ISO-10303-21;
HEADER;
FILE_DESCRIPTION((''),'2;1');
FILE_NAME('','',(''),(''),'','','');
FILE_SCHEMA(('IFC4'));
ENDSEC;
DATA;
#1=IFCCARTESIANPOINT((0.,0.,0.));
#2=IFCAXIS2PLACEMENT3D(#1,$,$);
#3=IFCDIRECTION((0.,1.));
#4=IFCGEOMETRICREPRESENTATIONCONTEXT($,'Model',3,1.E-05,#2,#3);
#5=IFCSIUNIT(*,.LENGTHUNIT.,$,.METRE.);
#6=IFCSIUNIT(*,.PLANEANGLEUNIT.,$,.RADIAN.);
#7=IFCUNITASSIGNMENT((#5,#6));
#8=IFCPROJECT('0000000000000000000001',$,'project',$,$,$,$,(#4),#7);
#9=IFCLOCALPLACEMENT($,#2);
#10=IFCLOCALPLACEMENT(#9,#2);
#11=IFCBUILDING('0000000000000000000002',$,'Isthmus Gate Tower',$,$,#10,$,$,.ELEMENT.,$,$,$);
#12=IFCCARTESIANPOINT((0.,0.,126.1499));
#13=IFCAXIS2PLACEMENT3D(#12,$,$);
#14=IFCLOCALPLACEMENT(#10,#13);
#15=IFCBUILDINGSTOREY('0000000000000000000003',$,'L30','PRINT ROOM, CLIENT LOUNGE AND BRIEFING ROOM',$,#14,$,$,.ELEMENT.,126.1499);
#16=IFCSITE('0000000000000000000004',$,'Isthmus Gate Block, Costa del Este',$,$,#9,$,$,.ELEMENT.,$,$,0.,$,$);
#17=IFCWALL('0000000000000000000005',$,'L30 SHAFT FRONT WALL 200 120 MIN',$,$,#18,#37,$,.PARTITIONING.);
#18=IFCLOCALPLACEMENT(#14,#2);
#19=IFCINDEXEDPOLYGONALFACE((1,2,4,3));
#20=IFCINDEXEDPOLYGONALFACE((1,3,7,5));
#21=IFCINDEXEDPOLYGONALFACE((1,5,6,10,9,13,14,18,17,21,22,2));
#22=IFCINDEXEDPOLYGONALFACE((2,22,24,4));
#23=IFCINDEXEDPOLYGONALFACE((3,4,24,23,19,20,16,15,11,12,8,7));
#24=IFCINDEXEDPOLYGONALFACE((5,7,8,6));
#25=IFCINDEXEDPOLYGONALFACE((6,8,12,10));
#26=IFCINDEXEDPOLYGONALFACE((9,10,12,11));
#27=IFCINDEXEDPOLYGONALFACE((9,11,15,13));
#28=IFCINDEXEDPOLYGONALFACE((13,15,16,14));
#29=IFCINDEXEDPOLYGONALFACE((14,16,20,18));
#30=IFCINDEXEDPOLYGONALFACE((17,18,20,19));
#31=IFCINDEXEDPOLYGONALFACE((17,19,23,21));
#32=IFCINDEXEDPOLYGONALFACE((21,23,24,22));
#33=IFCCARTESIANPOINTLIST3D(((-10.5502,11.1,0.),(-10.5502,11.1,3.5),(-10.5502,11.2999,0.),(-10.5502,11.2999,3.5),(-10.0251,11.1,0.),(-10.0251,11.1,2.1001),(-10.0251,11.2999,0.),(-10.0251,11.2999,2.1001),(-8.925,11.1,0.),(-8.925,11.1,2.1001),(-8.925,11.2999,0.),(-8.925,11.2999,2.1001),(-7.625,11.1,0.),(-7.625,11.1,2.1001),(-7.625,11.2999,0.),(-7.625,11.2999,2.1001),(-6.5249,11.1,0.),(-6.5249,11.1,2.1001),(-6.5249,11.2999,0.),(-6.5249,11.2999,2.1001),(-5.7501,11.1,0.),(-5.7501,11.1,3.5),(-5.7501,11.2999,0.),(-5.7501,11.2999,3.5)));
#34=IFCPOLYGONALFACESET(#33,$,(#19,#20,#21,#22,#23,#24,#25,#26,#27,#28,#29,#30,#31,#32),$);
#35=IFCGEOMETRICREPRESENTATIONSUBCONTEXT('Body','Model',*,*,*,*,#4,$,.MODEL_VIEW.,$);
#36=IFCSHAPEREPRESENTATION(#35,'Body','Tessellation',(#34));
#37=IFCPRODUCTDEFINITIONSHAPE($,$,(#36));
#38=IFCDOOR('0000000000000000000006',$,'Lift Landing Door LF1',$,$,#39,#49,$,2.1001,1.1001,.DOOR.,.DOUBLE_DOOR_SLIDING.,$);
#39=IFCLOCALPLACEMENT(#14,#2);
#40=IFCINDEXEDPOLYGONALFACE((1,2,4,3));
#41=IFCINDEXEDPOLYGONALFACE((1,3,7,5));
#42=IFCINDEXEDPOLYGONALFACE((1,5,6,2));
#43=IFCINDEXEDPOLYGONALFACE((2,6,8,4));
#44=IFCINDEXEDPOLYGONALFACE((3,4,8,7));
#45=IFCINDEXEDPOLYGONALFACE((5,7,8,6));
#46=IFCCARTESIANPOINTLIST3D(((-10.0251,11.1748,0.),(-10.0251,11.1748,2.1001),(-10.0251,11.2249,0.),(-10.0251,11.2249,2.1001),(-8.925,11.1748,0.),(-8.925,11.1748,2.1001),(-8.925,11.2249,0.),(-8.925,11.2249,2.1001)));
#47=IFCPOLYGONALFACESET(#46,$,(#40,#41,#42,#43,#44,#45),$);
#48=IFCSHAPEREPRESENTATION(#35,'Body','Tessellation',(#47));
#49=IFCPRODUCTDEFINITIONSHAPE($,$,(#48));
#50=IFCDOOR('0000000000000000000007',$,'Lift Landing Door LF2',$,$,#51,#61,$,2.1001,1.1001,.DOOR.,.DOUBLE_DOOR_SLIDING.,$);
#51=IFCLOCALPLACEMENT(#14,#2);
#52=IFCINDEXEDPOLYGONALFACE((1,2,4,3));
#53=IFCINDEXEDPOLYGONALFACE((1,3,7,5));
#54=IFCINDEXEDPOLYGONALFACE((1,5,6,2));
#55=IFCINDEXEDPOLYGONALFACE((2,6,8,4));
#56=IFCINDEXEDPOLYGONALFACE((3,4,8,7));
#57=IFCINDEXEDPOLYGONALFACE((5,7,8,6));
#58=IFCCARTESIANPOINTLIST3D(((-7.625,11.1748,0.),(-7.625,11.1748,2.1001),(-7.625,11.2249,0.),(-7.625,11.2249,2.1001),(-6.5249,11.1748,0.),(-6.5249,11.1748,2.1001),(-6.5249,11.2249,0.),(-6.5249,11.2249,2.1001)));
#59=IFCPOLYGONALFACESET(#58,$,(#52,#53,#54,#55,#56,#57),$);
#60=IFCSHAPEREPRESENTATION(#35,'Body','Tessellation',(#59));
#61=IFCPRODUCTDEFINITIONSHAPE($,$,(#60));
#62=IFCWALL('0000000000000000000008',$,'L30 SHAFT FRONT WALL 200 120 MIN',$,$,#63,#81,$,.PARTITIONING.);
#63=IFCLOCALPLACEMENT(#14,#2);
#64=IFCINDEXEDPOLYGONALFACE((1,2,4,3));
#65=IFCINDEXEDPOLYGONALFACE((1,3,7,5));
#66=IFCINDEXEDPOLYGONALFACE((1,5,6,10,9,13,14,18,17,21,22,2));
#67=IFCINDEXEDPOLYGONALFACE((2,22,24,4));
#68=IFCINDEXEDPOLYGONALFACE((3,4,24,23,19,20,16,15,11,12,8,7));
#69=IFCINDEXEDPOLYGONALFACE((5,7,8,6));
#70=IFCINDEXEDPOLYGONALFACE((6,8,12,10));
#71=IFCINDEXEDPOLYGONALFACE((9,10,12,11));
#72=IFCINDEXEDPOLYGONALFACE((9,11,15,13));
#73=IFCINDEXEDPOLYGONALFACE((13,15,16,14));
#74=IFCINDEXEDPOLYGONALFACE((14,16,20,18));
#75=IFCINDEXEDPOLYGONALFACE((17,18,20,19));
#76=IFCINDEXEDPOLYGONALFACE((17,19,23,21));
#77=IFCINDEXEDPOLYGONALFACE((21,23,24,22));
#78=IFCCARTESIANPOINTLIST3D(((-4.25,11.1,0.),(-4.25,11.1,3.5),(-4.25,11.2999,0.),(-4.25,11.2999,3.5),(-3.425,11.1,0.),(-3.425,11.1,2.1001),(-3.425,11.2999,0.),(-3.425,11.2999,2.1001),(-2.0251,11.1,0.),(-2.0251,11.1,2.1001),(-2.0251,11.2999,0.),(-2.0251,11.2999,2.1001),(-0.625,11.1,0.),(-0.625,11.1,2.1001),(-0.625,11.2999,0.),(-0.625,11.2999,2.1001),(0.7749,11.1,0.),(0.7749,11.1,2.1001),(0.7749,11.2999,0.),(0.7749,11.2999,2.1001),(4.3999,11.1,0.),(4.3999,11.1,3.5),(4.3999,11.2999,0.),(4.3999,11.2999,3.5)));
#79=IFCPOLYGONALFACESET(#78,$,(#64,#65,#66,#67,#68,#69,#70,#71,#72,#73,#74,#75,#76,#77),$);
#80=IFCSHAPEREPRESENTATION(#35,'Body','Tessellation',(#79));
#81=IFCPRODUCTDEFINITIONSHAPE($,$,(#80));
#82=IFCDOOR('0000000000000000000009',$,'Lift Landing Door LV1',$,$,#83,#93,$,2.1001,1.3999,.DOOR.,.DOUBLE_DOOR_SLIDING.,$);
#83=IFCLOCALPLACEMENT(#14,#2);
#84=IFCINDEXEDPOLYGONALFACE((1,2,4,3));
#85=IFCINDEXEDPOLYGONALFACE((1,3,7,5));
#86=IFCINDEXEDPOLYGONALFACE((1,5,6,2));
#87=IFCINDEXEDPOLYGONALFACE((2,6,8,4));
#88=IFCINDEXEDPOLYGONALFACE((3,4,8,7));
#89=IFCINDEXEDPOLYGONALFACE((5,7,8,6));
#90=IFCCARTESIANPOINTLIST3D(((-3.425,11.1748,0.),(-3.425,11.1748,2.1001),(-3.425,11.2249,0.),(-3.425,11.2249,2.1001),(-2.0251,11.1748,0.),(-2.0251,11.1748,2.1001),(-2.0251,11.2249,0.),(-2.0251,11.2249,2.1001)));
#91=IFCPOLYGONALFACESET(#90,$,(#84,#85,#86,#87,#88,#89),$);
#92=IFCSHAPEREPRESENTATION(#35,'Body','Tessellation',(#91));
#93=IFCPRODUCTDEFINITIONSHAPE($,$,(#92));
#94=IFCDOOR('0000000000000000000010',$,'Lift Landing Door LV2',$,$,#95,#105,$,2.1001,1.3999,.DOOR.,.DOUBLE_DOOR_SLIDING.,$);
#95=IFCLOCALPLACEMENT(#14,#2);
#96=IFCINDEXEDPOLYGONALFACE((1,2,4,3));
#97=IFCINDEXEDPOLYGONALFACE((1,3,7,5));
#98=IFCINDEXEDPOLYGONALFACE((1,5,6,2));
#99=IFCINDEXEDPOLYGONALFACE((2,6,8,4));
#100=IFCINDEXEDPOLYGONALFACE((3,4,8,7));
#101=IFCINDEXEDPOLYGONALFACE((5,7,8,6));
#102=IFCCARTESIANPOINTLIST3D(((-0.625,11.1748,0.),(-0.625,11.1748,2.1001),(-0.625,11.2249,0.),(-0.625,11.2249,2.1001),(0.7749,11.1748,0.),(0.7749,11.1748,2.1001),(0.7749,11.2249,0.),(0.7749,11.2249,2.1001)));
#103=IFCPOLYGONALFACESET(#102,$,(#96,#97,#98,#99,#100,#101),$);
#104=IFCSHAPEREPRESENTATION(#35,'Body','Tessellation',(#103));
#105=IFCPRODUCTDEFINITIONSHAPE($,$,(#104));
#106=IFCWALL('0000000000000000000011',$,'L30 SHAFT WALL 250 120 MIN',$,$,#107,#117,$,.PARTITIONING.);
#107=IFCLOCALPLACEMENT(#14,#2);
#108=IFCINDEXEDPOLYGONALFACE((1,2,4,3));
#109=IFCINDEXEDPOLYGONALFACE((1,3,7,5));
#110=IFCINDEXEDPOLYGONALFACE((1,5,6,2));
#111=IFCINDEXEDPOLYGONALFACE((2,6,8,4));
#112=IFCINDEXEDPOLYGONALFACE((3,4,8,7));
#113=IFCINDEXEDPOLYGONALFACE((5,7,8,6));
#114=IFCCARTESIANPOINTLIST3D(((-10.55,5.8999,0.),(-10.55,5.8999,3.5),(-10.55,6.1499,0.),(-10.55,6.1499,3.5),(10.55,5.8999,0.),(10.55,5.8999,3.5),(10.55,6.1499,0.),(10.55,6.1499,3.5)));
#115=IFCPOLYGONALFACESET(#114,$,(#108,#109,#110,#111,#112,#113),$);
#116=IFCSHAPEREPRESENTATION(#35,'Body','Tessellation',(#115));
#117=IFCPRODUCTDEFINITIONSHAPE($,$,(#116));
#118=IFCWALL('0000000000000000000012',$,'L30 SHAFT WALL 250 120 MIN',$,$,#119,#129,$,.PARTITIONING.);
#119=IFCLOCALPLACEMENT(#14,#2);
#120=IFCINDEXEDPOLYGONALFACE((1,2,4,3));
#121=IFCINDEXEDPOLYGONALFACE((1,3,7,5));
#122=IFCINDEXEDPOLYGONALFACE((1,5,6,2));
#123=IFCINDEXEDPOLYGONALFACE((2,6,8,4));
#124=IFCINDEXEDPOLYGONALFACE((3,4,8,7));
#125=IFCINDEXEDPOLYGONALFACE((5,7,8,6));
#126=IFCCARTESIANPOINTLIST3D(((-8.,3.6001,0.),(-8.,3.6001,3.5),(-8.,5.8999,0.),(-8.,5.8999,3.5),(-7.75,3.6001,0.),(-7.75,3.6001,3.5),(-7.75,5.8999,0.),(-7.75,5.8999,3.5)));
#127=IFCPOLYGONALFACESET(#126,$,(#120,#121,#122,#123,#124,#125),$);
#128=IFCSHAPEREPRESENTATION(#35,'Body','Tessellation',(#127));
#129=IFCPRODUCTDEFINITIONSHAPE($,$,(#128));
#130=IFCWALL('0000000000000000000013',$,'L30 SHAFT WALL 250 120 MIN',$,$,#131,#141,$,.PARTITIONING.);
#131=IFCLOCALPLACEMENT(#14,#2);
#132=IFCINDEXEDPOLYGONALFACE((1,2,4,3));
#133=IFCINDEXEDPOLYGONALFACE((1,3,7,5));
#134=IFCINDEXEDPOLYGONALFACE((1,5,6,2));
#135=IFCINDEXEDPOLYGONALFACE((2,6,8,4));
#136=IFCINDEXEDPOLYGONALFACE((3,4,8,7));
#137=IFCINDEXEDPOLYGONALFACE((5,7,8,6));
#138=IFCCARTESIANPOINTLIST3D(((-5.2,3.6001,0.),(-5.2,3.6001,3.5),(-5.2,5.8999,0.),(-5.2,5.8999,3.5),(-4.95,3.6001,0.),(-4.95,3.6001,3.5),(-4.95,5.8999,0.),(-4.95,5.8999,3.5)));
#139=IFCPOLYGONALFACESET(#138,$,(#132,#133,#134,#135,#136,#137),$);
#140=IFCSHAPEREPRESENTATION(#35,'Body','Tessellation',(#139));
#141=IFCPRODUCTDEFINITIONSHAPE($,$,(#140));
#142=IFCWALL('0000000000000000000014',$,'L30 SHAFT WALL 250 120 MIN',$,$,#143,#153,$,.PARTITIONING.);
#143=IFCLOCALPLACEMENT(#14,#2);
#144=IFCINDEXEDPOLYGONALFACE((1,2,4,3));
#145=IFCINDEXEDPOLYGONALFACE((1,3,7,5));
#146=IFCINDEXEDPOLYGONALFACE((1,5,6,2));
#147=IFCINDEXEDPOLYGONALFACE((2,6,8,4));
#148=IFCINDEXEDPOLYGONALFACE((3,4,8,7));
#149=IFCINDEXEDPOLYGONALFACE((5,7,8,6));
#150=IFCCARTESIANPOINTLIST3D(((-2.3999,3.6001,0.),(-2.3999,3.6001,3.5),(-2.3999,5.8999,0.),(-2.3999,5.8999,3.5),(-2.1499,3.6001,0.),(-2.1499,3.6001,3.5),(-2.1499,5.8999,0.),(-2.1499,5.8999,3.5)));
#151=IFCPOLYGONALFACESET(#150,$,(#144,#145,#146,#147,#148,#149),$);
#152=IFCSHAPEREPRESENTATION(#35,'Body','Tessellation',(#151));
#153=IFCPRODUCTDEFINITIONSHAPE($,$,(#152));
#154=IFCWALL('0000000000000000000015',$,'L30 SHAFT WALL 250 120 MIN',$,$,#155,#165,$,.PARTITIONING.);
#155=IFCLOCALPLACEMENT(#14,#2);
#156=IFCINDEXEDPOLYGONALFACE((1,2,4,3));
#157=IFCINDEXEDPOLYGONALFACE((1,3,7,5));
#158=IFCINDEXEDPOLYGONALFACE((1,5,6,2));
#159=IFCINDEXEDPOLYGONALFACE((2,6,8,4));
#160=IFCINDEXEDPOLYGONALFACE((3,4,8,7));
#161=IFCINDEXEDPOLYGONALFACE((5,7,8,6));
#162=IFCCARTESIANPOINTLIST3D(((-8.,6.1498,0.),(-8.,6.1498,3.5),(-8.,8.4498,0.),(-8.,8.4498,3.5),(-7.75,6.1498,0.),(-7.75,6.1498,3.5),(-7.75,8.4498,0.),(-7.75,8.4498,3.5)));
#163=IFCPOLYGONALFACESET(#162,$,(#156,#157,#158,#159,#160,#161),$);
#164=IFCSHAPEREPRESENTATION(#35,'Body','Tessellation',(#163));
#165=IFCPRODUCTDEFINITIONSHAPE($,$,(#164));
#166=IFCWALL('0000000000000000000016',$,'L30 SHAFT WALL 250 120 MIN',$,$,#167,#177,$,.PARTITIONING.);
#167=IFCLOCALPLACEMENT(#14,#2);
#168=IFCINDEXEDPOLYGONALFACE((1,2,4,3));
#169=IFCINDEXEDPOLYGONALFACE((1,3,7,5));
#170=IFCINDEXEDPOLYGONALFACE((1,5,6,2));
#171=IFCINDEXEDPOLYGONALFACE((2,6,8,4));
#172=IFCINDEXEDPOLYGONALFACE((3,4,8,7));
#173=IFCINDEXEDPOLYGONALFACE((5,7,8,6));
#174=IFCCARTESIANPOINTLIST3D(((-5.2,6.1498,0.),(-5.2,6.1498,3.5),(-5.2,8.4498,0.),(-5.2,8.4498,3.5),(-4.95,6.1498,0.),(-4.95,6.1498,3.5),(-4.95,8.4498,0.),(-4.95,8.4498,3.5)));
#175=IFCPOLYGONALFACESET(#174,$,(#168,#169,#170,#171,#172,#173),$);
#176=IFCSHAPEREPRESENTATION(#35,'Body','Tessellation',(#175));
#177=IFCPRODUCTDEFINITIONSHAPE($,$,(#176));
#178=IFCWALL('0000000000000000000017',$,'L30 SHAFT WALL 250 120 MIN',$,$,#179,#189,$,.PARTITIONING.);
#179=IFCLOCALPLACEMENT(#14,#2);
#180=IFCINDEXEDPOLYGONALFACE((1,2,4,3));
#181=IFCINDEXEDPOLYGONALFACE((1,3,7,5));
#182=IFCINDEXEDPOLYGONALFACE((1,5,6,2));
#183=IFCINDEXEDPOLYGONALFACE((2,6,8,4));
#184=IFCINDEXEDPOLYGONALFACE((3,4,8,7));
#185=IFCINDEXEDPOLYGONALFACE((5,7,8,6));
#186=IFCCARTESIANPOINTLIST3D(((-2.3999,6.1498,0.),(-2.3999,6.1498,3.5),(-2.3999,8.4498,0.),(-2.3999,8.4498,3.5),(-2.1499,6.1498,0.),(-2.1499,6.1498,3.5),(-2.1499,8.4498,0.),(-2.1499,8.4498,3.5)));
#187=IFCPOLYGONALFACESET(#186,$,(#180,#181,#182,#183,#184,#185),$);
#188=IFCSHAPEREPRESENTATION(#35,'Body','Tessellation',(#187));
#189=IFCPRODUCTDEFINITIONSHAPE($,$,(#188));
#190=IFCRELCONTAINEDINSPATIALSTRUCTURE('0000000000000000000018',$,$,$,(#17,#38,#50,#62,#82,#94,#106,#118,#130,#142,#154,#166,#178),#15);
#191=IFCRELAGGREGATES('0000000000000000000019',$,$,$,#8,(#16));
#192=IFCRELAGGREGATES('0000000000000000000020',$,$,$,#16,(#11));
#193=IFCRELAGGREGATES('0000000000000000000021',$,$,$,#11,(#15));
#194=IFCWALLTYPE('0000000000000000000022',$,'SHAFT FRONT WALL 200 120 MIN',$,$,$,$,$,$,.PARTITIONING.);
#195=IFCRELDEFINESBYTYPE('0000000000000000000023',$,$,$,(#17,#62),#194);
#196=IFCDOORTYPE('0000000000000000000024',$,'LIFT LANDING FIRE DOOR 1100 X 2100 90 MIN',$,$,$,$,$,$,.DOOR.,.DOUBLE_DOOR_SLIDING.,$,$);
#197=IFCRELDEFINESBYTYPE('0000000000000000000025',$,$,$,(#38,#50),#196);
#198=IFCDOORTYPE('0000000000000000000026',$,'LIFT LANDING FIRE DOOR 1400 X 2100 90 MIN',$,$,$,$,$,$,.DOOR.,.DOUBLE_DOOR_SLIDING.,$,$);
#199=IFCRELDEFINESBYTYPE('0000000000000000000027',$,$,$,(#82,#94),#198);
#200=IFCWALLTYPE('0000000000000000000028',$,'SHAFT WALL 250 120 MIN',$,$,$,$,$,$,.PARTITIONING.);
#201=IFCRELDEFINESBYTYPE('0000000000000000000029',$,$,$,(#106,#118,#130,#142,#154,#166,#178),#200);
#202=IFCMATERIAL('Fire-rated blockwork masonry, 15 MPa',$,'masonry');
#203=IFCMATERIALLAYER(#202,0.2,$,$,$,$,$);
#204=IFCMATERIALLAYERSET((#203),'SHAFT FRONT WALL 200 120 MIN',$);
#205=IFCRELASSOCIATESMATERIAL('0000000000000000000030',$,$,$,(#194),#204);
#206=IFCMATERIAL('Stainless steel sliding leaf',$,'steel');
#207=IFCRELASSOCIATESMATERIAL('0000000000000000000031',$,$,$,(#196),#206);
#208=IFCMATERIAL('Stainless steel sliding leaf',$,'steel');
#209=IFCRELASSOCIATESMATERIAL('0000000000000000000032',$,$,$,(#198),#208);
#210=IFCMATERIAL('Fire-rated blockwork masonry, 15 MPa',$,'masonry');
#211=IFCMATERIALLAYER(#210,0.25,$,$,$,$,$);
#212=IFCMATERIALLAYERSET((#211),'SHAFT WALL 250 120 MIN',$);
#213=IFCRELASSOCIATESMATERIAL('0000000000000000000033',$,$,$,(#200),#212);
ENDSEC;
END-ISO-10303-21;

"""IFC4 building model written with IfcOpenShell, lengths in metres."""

from ifc_helpers import new_model, si_unit, direction, frame, frame_2d, origin, place, context, subcontext, project, spatial, rectangle, extrude, material, layer, layer_set, type_object, element, fill, save


model = new_model("IFC4")

# Units and contexts
model_context = context("Model", 3, precision=1e-05, world=origin(), true_north=direction((0.0, 1.0)))
body_context = subcontext(model_context, "Body", "Model", "MODEL_VIEW")
ifc_project = project(units=[si_unit("LENGTHUNIT", "METRE"), si_unit("PLANEANGLEUNIT", "RADIAN")], contexts=[model_context])

# Site, building, storey
site_placement = place(None, origin())
site = spatial("IfcSite", under=ifc_project, at=site_placement, Name="Isthmus Gate Block, Costa del Este", CompositionType="ELEMENT", RefElevation=0.0)
building_placement = place(site_placement, origin())
building = spatial("IfcBuilding", under=site, at=building_placement, Name="Isthmus Gate Tower", CompositionType="ELEMENT")
storey_placement = place(building_placement, frame((0.0, 0.0, 126.1499)))
storey = spatial("IfcBuildingStorey", under=building, at=storey_placement, Name="L30", Description="PRINT ROOM, CLIENT LOUNGE AND BRIEFING ROOM", CompositionType="ELEMENT", Elevation=126.1499)

# Walls, openings, doors
ifc_material_1 = material(Name="Fire-rated blockwork masonry, 15 MPa", Category="masonry")
ifc_layer_1 = layer(ifc_material_1, 0.2)
ifc_layer_set_1 = layer_set([ifc_layer_1], Name="SHAFT FRONT WALL 200 120 MIN")
wall_type_1 = type_object("IfcWallType", Name="SHAFT FRONT WALL 200 120 MIN", PredefinedType="PARTITIONING", material=ifc_layer_set_1)
wall_1_placement = place(storey_placement, frame((-10.55, 11.2, 0.0), z_axis=(0.0, 0.0, 1.0), x_axis=(1.0, 0.0, 0.0)))
wall_1 = element("IfcWall", 1, at=wall_1_placement, inside=storey, type_object=wall_type_1, Name="L30 SHAFT FRONT WALL 200 120 MIN", PredefinedType="PARTITIONING", context=body_context, shape_type="SweptSolid", body=[
    extrude(rectangle(XDim=4.8, YDim=0.2, at=frame_2d((2.3999, 0.0))), origin(), (0.0, 0.0, 1.0), 3.5),
])
opening_1_placement = place(wall_1_placement, frame((0.5249, 0.0, 0.0)))
opening_1 = element("IfcOpeningElement", 2, at=opening_1_placement, cuts=wall_1, PredefinedType="OPENING", context=body_context, shape_type="SweptSolid", body=[
    extrude(rectangle(XDim=1.1001, YDim=2.1001, at=frame_2d((0.55, 1.05))), frame((0.0, 0.1099, 0.0), z_axis=(0.0, -1.0, 0.0), x_axis=(1.0, 0.0, 0.0)), (0.0, 0.0, 1.0), 0.22),
])
opening_2_placement = place(wall_1_placement, frame((2.925, 0.0, 0.0)))
opening_2 = element("IfcOpeningElement", 3, at=opening_2_placement, cuts=wall_1, PredefinedType="OPENING", context=body_context, shape_type="SweptSolid", body=[
    extrude(rectangle(XDim=1.1001, YDim=2.1001, at=frame_2d((0.55, 1.05))), frame((0.0, 0.1099, 0.0), z_axis=(0.0, -1.0, 0.0), x_axis=(1.0, 0.0, 0.0)), (0.0, 0.0, 1.0), 0.22),
])
ifc_material_2 = material(Name="Stainless steel sliding leaf", Category="steel")
door_type_1 = type_object("IfcDoorType", Name="LIFT LANDING FIRE DOOR 1100 X 2100 90 MIN", OperationType="DOUBLE_DOOR_SLIDING", PredefinedType="DOOR", material=ifc_material_2)
door_1_placement = place(opening_1_placement, origin())
door_1 = element("IfcDoor", 4, at=door_1_placement, inside=storey, type_object=door_type_1, Name="Lift Landing Door LF1", OperationType="DOUBLE_DOOR_SLIDING", OverallHeight=2.1001, OverallWidth=1.1001, PredefinedType="DOOR", context=body_context, shape_type="SweptSolid", body=[
    extrude(rectangle(XDim=1.1001, YDim=2.1001, at=frame_2d((0.55, 1.05))), frame((0.0, 0.0249, 0.0), z_axis=(0.0, -1.0, 0.0), x_axis=(1.0, 0.0, 0.0)), (0.0, 0.0, 1.0), 0.05),
])
fill(opening_1, door_1)
door_2_placement = place(opening_2_placement, origin())
door_2 = element("IfcDoor", 5, at=door_2_placement, inside=storey, type_object=door_type_1, Name="Lift Landing Door LF2", OperationType="DOUBLE_DOOR_SLIDING", OverallHeight=2.1001, OverallWidth=1.1001, PredefinedType="DOOR", context=body_context, shape_type="SweptSolid", body=[
    extrude(rectangle(XDim=1.1001, YDim=2.1001, at=frame_2d((0.55, 1.05))), frame((0.0, 0.0249, 0.0), z_axis=(0.0, -1.0, 0.0), x_axis=(1.0, 0.0, 0.0)), (0.0, 0.0, 1.0), 0.05),
])
fill(opening_2, door_2)
wall_2_placement = place(storey_placement, frame((-4.25, 11.2, 0.0), z_axis=(0.0, 0.0, 1.0), x_axis=(1.0, 0.0, 0.0)))
wall_2 = element("IfcWall", 6, at=wall_2_placement, inside=storey, type_object=wall_type_1, Name="L30 SHAFT FRONT WALL 200 120 MIN", PredefinedType="PARTITIONING", context=body_context, shape_type="SweptSolid", body=[
    extrude(rectangle(XDim=8.6499, YDim=0.2, at=frame_2d((4.325, 0.0))), origin(), (0.0, 0.0, 1.0), 3.5),
])
opening_3_placement = place(wall_2_placement, frame((0.825, 0.0, 0.0)))
opening_3 = element("IfcOpeningElement", 7, at=opening_3_placement, cuts=wall_2, PredefinedType="OPENING", context=body_context, shape_type="SweptSolid", body=[
    extrude(rectangle(XDim=1.3999, YDim=2.1001, at=frame_2d((0.7, 1.05))), frame((0.0, 0.1099, 0.0), z_axis=(0.0, -1.0, 0.0), x_axis=(1.0, 0.0, 0.0)), (0.0, 0.0, 1.0), 0.22),
])
opening_4_placement = place(wall_2_placement, frame((3.625, 0.0, 0.0)))
opening_4 = element("IfcOpeningElement", 8, at=opening_4_placement, cuts=wall_2, PredefinedType="OPENING", context=body_context, shape_type="SweptSolid", body=[
    extrude(rectangle(XDim=1.3999, YDim=2.1001, at=frame_2d((0.7, 1.05))), frame((0.0, 0.1099, 0.0), z_axis=(0.0, -1.0, 0.0), x_axis=(1.0, 0.0, 0.0)), (0.0, 0.0, 1.0), 0.22),
])
ifc_material_3 = material(Name="Stainless steel sliding leaf", Category="steel")
door_type_2 = type_object("IfcDoorType", Name="LIFT LANDING FIRE DOOR 1400 X 2100 90 MIN", OperationType="DOUBLE_DOOR_SLIDING", PredefinedType="DOOR", material=ifc_material_3)
door_3_placement = place(opening_3_placement, origin())
door_3 = element("IfcDoor", 9, at=door_3_placement, inside=storey, type_object=door_type_2, Name="Lift Landing Door LV1", OperationType="DOUBLE_DOOR_SLIDING", OverallHeight=2.1001, OverallWidth=1.3999, PredefinedType="DOOR", context=body_context, shape_type="SweptSolid", body=[
    extrude(rectangle(XDim=1.3999, YDim=2.1001, at=frame_2d((0.7, 1.05))), frame((0.0, 0.0249, 0.0), z_axis=(0.0, -1.0, 0.0), x_axis=(1.0, 0.0, 0.0)), (0.0, 0.0, 1.0), 0.05),
])
fill(opening_3, door_3)
door_4_placement = place(opening_4_placement, origin())
door_4 = element("IfcDoor", 10, at=door_4_placement, inside=storey, type_object=door_type_2, Name="Lift Landing Door LV2", OperationType="DOUBLE_DOOR_SLIDING", OverallHeight=2.1001, OverallWidth=1.3999, PredefinedType="DOOR", context=body_context, shape_type="SweptSolid", body=[
    extrude(rectangle(XDim=1.3999, YDim=2.1001, at=frame_2d((0.7, 1.05))), frame((0.0, 0.0249, 0.0), z_axis=(0.0, -1.0, 0.0), x_axis=(1.0, 0.0, 0.0)), (0.0, 0.0, 1.0), 0.05),
])
fill(opening_4, door_4)

# Walls
ifc_material_4 = material(Name="Fire-rated blockwork masonry, 15 MPa", Category="masonry")
ifc_layer_2 = layer(ifc_material_4, 0.25)
ifc_layer_set_2 = layer_set([ifc_layer_2], Name="SHAFT WALL 250 120 MIN")
wall_type_2 = type_object("IfcWallType", Name="SHAFT WALL 250 120 MIN", PredefinedType="PARTITIONING", material=ifc_layer_set_2)
wall_3_placement = place(storey_placement, frame((-10.55, 6.0249, 0.0), z_axis=(0.0, 0.0, 1.0), x_axis=(1.0, 0.0, 0.0)))
element("IfcWall", 11, at=wall_3_placement, inside=storey, type_object=wall_type_2, Name="L30 SHAFT WALL 250 120 MIN", PredefinedType="PARTITIONING", context=body_context, shape_type="SweptSolid", body=[
    extrude(rectangle(XDim=21.1001, YDim=0.25, at=frame_2d((10.55, 0.0))), origin(), (0.0, 0.0, 1.0), 3.5),
])
for number, where, z_axis, x_axis, name in (
    (12, (-7.875, 3.6001, 0.0), (0.0, 0.0, 1.0), (0.0, 1.0, 0.0), "L30 SHAFT WALL 250 120 MIN"),
    (13, (-5.075, 3.6001, 0.0), (0.0, 0.0, 1.0), (0.0, 1.0, 0.0), "L30 SHAFT WALL 250 120 MIN"),
    (14, (-2.2749, 3.6001, 0.0), (0.0, 0.0, 1.0), (0.0, 1.0, 0.0), "L30 SHAFT WALL 250 120 MIN"),
):
    element("IfcWall", number, at=place(storey_placement, frame(where, z_axis=z_axis, x_axis=x_axis)), inside=storey, type_object=wall_type_2, Name=name, PredefinedType="PARTITIONING", context=body_context, shape_type="SweptSolid", body=[
        extrude(rectangle(XDim=2.2998, YDim=0.25, at=frame_2d((1.1499, 0.0))), origin(), (0.0, 0.0, 1.0), 3.5),
    ])
for number, where, z_axis, x_axis, name in (
    (15, (-7.875, 6.1499, 0.0), (0.0, 0.0, 1.0), (0.0, 1.0, 0.0), "L30 SHAFT WALL 250 120 MIN"),
    (16, (-5.075, 6.1499, 0.0), (0.0, 0.0, 1.0), (0.0, 1.0, 0.0), "L30 SHAFT WALL 250 120 MIN"),
    (17, (-2.2749, 6.1499, 0.0), (0.0, 0.0, 1.0), (0.0, 1.0, 0.0), "L30 SHAFT WALL 250 120 MIN"),
):
    element("IfcWall", number, at=place(storey_placement, frame(where, z_axis=z_axis, x_axis=x_axis)), inside=storey, type_object=wall_type_2, Name=name, PredefinedType="PARTITIONING", context=body_context, shape_type="SweptSolid", body=[
        extrude(rectangle(XDim=2.3, YDim=0.25, at=frame_2d((1.1499, 0.0))), origin(), (0.0, 0.0, 1.0), 3.5),
    ])

save(model, "model.ifc")
